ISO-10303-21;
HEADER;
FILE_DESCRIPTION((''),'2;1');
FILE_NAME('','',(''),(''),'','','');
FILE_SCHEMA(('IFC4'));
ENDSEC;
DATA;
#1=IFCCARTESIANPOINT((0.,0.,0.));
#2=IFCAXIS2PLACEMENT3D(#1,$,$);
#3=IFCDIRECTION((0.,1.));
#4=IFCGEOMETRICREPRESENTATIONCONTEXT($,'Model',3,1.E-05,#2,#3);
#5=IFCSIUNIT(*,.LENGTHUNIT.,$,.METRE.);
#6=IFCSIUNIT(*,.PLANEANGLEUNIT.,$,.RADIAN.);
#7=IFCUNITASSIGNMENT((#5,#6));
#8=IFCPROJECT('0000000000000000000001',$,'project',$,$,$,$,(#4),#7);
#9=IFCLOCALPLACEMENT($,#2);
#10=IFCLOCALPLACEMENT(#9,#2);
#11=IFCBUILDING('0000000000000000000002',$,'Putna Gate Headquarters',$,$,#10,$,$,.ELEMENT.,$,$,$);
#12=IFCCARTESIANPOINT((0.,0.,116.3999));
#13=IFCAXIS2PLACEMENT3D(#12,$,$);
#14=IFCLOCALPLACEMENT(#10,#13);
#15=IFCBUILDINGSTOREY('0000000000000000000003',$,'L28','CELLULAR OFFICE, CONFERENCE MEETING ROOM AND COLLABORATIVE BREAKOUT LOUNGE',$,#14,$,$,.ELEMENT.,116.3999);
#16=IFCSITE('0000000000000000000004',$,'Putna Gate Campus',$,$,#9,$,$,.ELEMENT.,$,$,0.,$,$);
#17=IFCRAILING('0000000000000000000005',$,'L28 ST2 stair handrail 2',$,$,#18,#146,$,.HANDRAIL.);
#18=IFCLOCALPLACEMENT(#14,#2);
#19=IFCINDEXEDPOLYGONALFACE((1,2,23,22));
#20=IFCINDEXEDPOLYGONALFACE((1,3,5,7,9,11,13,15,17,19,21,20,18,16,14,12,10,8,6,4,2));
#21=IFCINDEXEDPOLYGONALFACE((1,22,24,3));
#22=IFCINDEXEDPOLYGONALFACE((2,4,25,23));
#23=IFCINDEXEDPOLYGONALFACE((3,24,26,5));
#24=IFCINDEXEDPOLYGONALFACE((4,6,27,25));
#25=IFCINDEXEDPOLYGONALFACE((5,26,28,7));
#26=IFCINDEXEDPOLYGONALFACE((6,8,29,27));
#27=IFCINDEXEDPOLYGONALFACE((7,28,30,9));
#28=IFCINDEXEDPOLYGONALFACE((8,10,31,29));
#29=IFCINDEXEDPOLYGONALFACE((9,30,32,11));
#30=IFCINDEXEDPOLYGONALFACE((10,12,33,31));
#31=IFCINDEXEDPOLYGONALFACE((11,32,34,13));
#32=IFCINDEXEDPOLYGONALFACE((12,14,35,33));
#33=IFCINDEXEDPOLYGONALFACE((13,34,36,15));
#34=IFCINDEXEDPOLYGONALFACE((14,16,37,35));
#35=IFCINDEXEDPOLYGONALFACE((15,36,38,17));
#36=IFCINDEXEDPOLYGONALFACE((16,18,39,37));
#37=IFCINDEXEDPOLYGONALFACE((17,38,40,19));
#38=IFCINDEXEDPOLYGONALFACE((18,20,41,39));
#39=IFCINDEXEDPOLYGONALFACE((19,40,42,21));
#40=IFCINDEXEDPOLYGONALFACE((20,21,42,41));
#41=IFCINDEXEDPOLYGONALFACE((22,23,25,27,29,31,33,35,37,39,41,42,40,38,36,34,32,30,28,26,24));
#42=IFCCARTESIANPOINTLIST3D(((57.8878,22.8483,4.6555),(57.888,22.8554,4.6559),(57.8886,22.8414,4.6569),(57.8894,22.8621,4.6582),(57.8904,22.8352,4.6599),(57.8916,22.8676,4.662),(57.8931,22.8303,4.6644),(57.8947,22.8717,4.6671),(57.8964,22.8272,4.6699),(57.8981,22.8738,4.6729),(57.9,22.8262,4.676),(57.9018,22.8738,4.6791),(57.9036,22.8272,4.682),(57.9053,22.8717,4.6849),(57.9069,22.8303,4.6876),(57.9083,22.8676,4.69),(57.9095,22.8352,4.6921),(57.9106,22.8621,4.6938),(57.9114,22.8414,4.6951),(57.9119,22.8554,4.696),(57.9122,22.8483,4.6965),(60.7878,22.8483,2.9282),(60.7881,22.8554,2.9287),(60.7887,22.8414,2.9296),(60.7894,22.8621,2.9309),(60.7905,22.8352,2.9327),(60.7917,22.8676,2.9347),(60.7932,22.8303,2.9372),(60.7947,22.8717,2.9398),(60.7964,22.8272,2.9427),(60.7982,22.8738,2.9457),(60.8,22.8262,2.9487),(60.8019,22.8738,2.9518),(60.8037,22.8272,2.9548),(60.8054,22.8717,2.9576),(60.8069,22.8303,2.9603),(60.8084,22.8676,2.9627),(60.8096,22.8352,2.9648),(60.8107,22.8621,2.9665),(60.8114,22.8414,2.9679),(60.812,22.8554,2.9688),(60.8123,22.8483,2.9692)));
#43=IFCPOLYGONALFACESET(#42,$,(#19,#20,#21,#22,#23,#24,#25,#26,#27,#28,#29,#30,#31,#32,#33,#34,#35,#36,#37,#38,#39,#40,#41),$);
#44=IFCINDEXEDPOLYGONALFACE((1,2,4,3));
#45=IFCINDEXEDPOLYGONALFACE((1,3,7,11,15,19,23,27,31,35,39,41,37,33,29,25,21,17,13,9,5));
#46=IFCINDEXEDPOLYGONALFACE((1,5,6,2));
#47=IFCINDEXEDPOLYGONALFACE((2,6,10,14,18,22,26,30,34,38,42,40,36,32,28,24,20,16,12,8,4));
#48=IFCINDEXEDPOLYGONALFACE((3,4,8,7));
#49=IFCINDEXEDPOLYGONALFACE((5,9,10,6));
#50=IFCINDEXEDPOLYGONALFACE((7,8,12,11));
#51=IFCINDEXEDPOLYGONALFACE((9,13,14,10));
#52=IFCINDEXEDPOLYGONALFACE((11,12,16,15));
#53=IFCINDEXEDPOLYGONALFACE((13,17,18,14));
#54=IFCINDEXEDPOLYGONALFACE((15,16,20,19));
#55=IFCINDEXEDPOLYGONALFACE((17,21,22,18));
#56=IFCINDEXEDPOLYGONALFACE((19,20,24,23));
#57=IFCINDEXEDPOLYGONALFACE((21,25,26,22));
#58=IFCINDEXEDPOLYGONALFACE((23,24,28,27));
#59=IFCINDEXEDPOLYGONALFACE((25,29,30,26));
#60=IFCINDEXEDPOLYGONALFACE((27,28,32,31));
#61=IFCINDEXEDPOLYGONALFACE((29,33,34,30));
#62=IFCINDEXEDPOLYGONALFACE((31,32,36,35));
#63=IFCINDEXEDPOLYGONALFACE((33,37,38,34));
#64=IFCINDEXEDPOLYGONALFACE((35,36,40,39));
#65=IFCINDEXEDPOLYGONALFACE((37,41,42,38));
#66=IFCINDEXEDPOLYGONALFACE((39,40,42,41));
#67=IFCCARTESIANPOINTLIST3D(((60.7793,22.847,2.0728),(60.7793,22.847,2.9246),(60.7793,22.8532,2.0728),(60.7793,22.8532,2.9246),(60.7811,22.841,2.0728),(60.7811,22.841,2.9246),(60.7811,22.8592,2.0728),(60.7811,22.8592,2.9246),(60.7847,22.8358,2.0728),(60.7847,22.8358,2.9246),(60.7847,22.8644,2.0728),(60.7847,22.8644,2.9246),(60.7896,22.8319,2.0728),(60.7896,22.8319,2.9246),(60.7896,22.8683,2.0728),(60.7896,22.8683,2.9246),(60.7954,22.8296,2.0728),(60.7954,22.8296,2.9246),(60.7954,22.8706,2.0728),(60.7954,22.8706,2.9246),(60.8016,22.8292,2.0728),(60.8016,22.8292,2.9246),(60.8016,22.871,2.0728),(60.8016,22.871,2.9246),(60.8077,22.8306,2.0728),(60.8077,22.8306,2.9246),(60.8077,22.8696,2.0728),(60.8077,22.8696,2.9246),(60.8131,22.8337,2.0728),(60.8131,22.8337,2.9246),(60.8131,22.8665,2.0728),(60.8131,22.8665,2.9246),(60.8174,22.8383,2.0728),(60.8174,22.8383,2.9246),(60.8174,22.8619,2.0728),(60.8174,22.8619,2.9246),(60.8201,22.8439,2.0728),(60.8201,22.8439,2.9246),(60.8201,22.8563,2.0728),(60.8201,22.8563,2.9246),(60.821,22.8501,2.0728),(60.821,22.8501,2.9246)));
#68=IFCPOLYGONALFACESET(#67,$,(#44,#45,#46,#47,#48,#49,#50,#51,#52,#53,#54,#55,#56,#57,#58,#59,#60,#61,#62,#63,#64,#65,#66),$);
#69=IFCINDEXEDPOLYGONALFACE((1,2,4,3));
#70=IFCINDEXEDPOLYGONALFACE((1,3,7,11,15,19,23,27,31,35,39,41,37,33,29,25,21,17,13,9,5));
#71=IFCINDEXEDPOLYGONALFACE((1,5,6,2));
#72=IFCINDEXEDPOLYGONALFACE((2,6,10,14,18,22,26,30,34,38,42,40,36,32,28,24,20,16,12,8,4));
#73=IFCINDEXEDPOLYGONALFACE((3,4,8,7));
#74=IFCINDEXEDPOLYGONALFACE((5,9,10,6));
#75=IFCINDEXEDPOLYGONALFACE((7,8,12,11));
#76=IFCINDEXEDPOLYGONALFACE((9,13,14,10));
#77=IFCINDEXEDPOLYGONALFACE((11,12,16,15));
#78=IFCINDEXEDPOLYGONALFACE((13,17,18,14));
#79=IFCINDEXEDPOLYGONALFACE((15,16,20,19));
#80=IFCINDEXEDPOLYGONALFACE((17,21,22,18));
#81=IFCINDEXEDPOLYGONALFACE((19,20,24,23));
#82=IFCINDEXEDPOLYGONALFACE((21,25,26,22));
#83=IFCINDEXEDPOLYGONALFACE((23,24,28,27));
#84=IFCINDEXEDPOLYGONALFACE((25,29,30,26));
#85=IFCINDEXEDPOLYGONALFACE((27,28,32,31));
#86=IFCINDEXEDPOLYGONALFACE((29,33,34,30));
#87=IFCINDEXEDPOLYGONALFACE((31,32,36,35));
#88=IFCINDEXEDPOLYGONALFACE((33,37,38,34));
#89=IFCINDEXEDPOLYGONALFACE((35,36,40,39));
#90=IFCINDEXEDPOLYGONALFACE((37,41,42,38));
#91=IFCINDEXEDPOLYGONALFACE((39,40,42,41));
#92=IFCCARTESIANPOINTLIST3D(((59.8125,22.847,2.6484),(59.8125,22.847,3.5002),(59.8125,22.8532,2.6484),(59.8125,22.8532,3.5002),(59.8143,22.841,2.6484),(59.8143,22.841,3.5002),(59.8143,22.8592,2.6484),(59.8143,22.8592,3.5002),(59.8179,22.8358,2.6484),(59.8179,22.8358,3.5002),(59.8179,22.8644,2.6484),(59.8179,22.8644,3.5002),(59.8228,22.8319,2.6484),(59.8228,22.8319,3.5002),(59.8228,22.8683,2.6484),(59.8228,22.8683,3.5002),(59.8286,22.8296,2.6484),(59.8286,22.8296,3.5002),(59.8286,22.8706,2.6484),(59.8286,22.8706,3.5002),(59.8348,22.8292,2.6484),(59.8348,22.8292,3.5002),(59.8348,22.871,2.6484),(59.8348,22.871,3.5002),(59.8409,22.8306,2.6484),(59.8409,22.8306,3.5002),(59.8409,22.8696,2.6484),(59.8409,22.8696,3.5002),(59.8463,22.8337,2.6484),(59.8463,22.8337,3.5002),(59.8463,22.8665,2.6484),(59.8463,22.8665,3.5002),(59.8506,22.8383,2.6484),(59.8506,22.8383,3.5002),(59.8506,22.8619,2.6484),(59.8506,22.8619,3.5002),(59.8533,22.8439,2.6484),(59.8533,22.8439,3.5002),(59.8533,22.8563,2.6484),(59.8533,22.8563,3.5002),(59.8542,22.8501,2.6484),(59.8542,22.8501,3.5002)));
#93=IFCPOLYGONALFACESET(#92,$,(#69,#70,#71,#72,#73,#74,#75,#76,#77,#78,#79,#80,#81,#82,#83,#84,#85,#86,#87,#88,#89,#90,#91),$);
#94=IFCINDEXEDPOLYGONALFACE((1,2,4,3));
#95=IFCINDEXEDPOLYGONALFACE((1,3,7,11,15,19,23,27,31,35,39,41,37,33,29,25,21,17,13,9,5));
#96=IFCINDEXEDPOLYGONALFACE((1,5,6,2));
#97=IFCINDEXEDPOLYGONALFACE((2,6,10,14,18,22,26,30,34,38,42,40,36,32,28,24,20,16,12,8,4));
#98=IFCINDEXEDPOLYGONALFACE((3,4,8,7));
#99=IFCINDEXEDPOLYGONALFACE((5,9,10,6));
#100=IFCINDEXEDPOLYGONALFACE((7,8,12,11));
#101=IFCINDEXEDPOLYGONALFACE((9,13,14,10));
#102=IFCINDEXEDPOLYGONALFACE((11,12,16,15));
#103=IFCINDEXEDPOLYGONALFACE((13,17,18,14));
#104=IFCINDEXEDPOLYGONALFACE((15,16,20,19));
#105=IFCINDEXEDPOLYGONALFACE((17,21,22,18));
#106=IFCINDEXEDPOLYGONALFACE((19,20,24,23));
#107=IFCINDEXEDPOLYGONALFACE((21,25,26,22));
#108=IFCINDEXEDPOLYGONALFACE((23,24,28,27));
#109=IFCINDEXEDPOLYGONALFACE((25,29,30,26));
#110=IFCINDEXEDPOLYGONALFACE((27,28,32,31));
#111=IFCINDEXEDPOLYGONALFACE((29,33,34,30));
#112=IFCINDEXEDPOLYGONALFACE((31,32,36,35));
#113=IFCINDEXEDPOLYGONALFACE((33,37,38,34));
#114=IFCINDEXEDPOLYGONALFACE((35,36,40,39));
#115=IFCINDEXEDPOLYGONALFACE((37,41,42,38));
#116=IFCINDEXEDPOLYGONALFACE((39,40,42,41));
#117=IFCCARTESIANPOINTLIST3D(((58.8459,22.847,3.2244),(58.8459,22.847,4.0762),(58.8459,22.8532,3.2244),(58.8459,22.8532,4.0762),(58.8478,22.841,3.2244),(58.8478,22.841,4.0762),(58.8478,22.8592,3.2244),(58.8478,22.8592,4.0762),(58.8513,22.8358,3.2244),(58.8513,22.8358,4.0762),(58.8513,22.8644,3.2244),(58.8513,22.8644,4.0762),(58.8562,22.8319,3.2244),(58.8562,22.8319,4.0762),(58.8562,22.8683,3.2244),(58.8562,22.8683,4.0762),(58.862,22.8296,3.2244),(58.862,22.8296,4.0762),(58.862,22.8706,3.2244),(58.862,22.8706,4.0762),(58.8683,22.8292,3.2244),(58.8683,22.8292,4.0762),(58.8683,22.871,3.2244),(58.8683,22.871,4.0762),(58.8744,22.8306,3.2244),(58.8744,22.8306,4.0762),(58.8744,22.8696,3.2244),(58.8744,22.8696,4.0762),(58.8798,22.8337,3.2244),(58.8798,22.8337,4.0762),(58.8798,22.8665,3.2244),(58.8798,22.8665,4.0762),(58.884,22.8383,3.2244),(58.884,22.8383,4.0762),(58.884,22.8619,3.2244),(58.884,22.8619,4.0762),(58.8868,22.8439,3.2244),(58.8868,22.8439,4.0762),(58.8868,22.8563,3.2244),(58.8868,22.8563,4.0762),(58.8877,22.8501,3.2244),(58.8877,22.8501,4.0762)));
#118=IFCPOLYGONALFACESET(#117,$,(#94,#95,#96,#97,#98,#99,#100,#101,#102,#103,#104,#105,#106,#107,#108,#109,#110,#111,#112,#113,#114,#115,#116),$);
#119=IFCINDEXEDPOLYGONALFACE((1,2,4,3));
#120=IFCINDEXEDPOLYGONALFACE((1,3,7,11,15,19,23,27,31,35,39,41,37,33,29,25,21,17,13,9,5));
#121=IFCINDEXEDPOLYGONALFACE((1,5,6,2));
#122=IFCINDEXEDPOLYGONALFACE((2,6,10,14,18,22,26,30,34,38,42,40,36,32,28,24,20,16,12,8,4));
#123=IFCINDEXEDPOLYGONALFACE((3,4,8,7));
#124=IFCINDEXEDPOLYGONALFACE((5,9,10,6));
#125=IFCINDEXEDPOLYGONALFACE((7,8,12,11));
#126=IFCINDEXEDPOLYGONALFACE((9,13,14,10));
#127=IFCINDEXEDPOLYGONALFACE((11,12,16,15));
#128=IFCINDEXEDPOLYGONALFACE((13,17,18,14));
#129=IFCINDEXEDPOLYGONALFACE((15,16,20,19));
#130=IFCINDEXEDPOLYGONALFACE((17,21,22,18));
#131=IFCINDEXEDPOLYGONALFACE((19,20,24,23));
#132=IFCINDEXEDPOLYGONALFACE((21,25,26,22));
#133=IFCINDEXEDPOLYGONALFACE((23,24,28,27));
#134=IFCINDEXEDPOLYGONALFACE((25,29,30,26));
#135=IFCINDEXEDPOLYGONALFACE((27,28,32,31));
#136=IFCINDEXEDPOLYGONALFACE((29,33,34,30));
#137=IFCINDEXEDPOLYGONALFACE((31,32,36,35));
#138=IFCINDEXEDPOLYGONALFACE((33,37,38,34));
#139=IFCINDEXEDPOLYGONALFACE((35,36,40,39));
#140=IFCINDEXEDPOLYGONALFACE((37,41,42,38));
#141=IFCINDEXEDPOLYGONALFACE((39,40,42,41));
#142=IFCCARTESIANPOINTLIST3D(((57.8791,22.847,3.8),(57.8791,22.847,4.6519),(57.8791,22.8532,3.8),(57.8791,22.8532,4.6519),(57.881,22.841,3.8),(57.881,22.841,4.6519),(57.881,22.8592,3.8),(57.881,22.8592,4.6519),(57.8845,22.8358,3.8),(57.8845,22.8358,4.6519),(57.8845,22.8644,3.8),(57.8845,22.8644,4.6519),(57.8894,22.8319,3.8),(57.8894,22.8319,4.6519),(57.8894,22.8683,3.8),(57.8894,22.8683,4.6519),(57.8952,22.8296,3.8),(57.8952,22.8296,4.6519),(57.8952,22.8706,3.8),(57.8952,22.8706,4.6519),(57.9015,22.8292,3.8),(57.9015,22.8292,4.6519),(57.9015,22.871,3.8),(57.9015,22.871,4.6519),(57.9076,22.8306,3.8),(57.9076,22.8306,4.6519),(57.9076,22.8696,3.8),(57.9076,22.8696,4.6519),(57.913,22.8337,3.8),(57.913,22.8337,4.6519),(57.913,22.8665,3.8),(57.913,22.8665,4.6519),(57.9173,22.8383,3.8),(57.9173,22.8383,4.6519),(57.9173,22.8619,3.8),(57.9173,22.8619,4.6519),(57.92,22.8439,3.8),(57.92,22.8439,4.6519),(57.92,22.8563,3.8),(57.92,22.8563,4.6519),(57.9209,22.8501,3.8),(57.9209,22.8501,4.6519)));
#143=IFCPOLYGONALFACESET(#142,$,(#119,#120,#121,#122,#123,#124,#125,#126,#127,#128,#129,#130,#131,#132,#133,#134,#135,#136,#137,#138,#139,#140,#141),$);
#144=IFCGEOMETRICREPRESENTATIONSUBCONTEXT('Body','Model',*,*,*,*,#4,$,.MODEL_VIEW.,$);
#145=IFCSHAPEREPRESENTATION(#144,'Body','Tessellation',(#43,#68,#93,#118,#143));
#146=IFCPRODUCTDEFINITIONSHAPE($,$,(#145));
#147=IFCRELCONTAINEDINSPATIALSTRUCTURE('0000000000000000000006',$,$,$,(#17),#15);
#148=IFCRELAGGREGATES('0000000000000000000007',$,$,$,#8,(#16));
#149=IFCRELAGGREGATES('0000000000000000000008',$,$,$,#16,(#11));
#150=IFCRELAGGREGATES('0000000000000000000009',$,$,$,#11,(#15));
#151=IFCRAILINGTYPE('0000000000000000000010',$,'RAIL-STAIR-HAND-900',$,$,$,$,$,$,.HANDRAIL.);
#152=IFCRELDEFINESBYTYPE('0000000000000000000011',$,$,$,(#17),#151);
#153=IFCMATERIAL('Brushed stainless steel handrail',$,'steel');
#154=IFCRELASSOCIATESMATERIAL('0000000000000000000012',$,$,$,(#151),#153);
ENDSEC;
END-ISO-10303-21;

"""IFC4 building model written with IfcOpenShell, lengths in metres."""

from ifc_helpers import new_model, si_unit, direction, frame, origin, origin_2d, place, context, subcontext, project, spatial, circle, extrude, material, type_object, element, save


model = new_model("IFC4")

# Units and contexts
model_context = context("Model", 3, precision=1e-05, world=origin(), true_north=direction((0.0, 1.0)))
body_context = subcontext(model_context, "Body", "Model", "MODEL_VIEW")
ifc_project = project(units=[si_unit("LENGTHUNIT", "METRE"), si_unit("PLANEANGLEUNIT", "RADIAN")], contexts=[model_context])

# Site, building, storey
site_placement = place(None, origin())
site = spatial("IfcSite", under=ifc_project, at=site_placement, Name="Putna Gate Campus", CompositionType="ELEMENT", RefElevation=0.0)
building_placement = place(site_placement, origin())
building = spatial("IfcBuilding", under=site, at=building_placement, Name="Putna Gate Headquarters", CompositionType="ELEMENT")
storey_placement = place(building_placement, frame((0.0, 0.0, 116.3999)))
storey = spatial("IfcBuildingStorey", under=building, at=storey_placement, Name="L28", Description="CELLULAR OFFICE, CONFERENCE MEETING ROOM AND COLLABORATIVE BREAKOUT LOUNGE", CompositionType="ELEMENT", Elevation=116.3999)

# Railing
ifc_material_1 = material(Name="Brushed stainless steel handrail", Category="steel")
railing_type = type_object("IfcRailingType", Name="RAIL-STAIR-HAND-900", PredefinedType="HANDRAIL", material=ifc_material_1)
railing_placement = place(storey_placement, frame((60.8, 22.8501, 2.0728)))
element("IfcRailing", 1, at=railing_placement, inside=storey, type_object=railing_type, Name="L28 ST2 stair handrail 2", PredefinedType="HANDRAIL", context=body_context, shape_type="SweptSolid", body=[
    extrude(circle(Radius=0.0239, at=origin_2d()), frame((0.0, 0.0, 0.876), z_axis=(-0.85916, 0.0, 0.511706), x_axis=(0.0, -1.0, 0.0)), (0.0, 0.0, 1.0), 3.3755),
    extrude(circle(Radius=0.021, at=origin_2d()), origin(), (0.0, 0.0, 1.0), 0.8518),
    extrude(circle(Radius=0.021, at=origin_2d()), frame((-0.9668, 0.0, 0.5757)), (0.0, 0.0, 1.0), 0.8518),
    extrude(circle(Radius=0.021, at=origin_2d()), frame((-1.9333, 0.0, 1.1516)), (0.0, 0.0, 1.0), 0.8518),
    extrude(circle(Radius=0.021, at=origin_2d()), frame((-2.9001, 0.0, 1.7273)), (0.0, 0.0, 1.0), 0.8518),
])

save(model, "model.ifc")
